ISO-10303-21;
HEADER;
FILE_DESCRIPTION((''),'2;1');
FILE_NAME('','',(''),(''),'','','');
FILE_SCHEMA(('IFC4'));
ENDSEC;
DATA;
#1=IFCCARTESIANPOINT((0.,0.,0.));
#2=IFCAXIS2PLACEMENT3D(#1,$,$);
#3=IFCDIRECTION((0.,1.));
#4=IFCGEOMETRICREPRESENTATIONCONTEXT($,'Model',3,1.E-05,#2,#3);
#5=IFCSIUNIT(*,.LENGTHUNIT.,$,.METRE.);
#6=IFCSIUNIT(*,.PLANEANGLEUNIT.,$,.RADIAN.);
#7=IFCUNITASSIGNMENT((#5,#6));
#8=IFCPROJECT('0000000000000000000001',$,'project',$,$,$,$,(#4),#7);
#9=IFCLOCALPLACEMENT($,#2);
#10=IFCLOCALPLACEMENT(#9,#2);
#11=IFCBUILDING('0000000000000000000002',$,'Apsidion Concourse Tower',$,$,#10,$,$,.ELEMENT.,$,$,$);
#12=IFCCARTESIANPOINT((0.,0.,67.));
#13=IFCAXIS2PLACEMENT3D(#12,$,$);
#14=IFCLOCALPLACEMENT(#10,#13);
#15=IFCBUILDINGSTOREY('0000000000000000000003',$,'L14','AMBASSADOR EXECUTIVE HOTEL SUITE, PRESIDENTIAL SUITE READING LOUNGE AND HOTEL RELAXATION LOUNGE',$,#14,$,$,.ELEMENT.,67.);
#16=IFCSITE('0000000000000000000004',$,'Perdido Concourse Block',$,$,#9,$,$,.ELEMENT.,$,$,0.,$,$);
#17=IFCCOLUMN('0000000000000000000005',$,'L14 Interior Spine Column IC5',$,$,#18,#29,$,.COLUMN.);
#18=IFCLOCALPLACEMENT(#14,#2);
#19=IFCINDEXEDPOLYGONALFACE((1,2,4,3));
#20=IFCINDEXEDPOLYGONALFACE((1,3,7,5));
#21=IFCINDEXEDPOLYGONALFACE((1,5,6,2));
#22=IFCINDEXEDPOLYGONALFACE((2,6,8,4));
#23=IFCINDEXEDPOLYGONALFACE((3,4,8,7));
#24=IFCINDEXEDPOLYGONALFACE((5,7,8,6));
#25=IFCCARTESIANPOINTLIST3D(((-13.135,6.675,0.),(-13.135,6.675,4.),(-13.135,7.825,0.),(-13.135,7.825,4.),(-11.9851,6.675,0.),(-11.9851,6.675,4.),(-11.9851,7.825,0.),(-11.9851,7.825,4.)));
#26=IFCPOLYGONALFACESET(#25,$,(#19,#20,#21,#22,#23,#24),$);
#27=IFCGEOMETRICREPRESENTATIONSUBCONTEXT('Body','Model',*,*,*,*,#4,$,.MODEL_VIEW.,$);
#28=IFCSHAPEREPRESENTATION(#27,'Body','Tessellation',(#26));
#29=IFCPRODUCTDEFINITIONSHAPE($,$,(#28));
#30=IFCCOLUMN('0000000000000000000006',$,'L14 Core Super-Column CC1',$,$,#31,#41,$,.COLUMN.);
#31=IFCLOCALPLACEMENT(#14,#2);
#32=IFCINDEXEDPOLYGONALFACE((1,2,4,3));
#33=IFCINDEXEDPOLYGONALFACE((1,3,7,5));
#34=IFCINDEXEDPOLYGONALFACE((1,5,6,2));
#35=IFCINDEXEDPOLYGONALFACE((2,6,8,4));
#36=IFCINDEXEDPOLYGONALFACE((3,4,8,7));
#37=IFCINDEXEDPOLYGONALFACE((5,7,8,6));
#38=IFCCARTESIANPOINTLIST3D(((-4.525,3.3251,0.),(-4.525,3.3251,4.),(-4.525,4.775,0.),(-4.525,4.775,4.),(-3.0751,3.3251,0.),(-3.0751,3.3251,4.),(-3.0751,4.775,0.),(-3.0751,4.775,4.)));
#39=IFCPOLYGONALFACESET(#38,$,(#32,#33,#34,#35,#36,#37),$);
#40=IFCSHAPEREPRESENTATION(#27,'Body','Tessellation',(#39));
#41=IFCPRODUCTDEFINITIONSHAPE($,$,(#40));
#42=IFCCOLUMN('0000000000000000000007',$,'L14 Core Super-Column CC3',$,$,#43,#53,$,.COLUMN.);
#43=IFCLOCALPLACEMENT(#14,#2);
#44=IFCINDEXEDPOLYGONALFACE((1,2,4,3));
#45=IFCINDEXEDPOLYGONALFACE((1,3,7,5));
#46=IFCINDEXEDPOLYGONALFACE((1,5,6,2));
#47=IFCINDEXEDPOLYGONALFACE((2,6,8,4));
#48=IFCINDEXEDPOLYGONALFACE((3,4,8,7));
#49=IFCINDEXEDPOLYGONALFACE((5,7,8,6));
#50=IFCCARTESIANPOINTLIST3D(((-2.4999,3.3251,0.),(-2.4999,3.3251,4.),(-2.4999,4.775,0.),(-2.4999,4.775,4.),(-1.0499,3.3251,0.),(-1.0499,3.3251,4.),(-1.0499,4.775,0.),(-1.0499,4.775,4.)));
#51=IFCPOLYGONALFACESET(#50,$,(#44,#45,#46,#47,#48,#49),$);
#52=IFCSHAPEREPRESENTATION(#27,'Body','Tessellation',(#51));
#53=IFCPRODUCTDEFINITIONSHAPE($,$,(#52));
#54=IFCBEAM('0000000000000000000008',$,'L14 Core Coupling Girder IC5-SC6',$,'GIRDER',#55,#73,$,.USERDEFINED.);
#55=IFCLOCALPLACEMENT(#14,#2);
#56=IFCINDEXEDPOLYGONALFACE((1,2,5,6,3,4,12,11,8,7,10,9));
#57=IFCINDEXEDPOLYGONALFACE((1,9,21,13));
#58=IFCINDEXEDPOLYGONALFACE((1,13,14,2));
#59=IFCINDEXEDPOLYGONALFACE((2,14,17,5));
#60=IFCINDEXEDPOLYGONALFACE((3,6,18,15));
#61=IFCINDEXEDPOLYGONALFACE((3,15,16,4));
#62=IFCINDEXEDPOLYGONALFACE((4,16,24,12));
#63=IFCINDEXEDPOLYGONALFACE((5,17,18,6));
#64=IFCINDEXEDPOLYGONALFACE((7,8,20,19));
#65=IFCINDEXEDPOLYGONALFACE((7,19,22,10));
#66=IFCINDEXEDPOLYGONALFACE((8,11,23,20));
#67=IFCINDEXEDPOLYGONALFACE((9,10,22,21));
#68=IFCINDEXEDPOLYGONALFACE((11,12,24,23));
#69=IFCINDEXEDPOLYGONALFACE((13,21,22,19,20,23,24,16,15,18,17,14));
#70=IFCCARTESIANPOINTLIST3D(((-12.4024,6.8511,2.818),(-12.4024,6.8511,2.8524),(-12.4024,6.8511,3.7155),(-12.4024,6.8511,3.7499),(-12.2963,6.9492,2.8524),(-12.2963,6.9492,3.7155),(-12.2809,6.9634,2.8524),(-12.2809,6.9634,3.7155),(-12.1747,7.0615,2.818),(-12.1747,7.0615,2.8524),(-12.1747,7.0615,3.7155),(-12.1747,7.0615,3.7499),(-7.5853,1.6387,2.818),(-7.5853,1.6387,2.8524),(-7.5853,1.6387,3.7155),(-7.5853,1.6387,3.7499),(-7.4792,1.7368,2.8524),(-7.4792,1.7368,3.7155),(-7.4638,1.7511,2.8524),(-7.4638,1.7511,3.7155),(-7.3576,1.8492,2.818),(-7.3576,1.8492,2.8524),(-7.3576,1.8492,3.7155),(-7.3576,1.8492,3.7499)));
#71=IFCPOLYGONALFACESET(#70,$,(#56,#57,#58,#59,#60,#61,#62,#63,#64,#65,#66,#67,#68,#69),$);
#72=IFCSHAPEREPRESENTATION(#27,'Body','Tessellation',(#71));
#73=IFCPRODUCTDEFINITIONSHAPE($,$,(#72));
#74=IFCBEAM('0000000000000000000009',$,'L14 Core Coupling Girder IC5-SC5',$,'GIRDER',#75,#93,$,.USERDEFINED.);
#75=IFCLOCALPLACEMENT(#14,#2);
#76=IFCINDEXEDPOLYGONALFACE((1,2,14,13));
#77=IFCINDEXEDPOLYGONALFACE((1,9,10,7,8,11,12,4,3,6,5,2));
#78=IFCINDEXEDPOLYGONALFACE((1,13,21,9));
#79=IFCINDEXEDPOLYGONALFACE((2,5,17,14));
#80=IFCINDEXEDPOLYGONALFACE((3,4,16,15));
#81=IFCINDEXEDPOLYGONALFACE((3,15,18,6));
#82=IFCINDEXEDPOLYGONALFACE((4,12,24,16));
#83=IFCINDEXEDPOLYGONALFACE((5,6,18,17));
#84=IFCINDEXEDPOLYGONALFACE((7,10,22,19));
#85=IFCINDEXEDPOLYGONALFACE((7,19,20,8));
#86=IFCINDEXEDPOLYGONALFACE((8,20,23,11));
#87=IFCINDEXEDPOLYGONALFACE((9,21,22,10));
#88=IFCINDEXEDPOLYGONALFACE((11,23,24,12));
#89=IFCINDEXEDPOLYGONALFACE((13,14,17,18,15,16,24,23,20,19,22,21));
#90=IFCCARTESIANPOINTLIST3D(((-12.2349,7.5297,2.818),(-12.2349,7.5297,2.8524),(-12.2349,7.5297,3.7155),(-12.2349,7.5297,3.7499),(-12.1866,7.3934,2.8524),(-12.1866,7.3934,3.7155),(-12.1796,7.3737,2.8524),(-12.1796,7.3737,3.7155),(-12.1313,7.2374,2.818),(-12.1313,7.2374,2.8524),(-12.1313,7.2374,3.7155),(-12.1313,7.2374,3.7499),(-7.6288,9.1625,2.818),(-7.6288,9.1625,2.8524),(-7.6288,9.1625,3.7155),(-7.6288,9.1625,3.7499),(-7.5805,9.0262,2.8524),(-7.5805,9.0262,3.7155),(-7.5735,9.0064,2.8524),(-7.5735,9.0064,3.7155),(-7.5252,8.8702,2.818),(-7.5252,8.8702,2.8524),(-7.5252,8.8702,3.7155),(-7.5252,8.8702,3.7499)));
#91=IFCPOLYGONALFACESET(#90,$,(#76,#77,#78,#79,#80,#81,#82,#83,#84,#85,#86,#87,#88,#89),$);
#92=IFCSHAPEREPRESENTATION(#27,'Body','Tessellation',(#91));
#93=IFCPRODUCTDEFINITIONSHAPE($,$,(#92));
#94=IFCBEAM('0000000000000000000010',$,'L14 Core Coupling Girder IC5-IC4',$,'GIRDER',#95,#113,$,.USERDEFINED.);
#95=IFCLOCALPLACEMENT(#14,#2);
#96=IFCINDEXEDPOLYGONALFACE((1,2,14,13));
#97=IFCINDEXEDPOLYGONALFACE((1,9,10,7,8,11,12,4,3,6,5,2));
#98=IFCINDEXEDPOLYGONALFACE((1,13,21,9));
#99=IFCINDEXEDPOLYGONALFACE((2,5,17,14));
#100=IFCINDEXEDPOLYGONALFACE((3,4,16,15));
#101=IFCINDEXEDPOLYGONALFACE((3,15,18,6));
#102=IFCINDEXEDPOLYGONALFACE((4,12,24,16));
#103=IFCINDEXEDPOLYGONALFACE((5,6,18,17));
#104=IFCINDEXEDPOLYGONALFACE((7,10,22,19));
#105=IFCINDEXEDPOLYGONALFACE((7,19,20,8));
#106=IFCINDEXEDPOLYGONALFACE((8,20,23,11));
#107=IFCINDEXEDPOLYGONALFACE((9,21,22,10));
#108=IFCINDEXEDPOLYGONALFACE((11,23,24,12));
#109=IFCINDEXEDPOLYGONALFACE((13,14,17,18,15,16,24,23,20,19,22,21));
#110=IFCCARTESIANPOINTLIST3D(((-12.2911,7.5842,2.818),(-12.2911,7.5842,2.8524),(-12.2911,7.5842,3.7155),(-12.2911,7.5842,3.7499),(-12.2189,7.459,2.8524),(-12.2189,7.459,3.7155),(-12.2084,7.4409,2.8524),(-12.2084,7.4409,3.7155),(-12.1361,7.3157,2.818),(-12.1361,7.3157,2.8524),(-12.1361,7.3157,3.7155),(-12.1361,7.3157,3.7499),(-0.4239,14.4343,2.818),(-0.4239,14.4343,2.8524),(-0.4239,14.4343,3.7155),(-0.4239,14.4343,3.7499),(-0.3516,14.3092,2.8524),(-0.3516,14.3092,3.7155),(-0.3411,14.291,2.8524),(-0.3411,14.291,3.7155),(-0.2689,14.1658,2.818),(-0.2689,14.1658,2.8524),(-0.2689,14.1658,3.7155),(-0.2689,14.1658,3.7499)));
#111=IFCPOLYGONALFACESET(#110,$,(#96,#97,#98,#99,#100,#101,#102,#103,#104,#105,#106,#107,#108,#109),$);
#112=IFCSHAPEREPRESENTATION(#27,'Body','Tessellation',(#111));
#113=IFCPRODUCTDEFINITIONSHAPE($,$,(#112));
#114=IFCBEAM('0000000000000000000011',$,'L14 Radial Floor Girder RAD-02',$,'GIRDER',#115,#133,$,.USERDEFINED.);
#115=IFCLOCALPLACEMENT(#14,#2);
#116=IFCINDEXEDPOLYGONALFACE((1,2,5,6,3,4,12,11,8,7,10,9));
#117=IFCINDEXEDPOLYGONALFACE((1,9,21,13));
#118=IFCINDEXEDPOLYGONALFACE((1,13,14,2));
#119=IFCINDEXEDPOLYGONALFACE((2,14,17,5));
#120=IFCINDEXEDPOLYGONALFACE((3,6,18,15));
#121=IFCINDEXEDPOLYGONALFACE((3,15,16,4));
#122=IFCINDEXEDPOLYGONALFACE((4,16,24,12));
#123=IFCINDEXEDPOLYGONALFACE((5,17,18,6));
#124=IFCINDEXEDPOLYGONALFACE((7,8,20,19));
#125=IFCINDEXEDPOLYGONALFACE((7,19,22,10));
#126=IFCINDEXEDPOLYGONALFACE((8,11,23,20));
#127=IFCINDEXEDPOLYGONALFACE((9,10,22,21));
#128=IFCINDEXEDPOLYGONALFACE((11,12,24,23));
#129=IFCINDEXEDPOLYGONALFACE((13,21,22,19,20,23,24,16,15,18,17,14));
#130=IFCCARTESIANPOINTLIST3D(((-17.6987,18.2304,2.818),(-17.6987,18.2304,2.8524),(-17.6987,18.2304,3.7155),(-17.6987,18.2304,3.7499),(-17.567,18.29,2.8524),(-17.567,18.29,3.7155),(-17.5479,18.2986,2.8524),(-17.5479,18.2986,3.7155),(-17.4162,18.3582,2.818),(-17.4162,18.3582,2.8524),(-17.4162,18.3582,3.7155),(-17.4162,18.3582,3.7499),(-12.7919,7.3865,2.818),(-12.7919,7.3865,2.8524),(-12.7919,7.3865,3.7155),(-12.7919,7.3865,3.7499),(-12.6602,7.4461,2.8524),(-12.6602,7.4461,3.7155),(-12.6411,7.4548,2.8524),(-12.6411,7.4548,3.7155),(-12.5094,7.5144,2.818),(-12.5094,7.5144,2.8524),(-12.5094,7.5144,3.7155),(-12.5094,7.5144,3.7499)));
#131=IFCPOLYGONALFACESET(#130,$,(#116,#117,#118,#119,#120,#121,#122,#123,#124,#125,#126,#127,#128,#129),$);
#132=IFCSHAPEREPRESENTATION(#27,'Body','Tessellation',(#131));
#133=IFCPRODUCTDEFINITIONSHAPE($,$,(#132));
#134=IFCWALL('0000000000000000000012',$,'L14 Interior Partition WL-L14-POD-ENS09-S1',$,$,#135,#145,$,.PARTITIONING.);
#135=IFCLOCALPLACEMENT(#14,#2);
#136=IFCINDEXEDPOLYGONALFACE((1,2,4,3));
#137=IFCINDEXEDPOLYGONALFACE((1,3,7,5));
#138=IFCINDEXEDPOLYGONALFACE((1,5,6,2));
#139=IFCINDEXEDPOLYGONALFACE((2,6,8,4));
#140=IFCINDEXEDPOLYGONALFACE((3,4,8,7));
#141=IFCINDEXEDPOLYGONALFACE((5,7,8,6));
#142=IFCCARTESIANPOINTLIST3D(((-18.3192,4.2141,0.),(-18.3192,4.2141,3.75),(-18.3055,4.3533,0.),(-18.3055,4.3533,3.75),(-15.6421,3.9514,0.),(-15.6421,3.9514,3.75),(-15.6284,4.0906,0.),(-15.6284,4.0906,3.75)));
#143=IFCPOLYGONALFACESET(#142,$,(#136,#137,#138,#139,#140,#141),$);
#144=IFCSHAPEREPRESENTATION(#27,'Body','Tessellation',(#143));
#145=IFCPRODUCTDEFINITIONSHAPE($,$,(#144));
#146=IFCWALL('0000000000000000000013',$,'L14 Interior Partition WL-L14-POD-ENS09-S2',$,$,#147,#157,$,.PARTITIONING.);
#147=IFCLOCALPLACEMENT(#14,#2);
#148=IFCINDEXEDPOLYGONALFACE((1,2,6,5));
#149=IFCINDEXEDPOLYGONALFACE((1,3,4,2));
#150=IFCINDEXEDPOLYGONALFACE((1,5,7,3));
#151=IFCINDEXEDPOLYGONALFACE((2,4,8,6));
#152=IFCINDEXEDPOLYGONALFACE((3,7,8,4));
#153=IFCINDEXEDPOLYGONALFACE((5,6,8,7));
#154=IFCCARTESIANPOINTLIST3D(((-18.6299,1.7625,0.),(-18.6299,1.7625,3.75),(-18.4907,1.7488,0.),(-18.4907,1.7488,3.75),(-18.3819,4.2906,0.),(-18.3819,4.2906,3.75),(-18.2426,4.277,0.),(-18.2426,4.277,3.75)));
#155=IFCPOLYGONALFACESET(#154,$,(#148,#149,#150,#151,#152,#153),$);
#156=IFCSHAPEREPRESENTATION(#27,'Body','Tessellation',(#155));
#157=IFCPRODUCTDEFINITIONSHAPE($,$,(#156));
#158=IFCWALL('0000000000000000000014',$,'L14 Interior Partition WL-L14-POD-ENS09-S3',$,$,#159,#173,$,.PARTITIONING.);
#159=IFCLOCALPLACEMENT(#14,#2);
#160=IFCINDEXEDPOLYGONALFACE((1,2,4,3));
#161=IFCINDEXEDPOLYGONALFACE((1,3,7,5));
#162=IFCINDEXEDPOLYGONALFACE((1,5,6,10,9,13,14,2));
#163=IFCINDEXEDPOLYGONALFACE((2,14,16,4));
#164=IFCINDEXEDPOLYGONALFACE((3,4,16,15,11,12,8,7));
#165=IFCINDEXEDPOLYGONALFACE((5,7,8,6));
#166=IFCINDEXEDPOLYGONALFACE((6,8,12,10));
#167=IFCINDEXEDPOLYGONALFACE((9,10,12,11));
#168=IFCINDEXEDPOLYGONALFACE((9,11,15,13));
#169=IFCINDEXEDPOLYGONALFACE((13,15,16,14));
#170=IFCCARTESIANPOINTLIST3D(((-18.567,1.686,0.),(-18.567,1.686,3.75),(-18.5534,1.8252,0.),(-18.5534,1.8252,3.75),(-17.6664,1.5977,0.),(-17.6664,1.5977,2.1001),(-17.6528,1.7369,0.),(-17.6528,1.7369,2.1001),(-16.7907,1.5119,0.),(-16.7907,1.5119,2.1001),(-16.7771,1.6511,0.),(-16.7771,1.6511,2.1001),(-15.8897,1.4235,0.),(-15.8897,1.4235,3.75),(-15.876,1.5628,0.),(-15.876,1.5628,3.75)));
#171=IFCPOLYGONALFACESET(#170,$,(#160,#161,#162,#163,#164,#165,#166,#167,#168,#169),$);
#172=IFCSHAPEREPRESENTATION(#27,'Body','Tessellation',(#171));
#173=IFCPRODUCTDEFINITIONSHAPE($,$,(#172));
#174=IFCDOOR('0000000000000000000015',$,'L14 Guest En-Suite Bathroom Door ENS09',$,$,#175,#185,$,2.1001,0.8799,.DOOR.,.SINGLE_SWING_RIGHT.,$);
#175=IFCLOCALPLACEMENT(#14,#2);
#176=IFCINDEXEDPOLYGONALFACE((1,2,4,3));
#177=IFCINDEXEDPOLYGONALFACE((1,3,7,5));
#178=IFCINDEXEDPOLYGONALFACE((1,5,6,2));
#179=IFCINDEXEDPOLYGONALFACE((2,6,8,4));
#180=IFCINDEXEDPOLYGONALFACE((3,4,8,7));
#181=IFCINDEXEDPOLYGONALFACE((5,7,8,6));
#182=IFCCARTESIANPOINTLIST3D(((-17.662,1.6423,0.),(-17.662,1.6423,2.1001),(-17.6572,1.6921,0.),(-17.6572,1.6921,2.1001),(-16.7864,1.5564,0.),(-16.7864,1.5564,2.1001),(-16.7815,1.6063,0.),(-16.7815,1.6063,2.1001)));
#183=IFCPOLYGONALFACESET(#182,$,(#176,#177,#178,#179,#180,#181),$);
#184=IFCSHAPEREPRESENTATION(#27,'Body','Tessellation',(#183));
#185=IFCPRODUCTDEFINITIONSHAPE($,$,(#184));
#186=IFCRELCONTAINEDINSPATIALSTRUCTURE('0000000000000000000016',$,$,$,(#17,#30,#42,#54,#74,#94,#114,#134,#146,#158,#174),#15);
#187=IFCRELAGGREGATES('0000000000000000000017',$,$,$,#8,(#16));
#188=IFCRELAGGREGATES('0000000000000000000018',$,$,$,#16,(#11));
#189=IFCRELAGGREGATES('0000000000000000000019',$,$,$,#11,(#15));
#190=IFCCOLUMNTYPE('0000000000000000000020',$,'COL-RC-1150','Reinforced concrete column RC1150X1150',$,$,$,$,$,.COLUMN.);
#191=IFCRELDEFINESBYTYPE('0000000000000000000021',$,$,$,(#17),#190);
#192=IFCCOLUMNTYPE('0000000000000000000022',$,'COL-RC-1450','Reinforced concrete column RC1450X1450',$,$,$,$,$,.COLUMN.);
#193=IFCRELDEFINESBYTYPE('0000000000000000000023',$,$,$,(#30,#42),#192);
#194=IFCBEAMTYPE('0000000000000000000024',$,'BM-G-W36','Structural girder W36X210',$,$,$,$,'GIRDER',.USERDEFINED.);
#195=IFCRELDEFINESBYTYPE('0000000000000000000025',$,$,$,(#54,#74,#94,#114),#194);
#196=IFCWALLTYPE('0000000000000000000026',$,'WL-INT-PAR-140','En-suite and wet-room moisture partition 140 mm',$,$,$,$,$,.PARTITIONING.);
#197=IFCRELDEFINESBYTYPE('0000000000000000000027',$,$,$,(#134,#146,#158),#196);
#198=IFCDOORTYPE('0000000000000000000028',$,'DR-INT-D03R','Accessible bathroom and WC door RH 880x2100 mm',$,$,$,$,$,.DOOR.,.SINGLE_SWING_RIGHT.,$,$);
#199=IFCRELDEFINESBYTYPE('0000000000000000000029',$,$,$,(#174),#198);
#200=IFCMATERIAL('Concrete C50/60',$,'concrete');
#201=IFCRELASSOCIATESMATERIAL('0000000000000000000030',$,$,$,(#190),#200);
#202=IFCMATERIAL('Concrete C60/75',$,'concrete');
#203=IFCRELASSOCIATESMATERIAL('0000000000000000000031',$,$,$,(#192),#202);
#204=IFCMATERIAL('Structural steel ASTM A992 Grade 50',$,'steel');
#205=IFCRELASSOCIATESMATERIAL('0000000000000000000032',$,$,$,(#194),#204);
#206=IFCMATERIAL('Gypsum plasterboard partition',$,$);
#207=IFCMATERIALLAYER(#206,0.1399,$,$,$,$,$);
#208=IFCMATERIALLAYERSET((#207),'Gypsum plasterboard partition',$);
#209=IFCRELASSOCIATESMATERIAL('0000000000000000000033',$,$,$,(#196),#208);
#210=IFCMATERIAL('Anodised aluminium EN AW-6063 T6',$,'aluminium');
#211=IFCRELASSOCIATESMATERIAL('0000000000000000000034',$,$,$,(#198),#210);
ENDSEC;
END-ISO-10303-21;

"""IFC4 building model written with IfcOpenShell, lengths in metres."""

from ifc_helpers import new_model, si_unit, direction, frame, frame_2d, origin, origin_2d, place, context, subcontext, project, spatial, rectangle, i_section, extrude, material, layer, layer_set, material_profile, profile_set, type_object, element, fill, save


model = new_model("IFC4")

# Units and contexts
model_context = context("Model", 3, precision=1e-05, world=origin(), true_north=direction((0.0, 1.0)))
body_context = subcontext(model_context, "Body", "Model", "MODEL_VIEW")
ifc_project = project(units=[si_unit("LENGTHUNIT", "METRE"), si_unit("PLANEANGLEUNIT", "RADIAN")], contexts=[model_context])

# Site, building, storey
site_placement = place(None, origin())
site = spatial("IfcSite", under=ifc_project, at=site_placement, Name="Perdido Concourse Block", CompositionType="ELEMENT", RefElevation=0.0)
building_placement = place(site_placement, origin())
building = spatial("IfcBuilding", under=site, at=building_placement, Name="Apsidion Concourse Tower", CompositionType="ELEMENT")
storey_placement = place(building_placement, frame((0.0, 0.0, 67.0)))
storey = spatial("IfcBuildingStorey", under=building, at=storey_placement, Name="L14", Description="AMBASSADOR EXECUTIVE HOTEL SUITE, PRESIDENTIAL SUITE READING LOUNGE AND HOTEL RELAXATION LOUNGE", CompositionType="ELEMENT", Elevation=67.0)

# Columns
ifc_material_1 = material(Name="Concrete C50/60", Category="concrete")
ifc_material_profile_1 = material_profile(ifc_material_1, rectangle(XDim=1.1499, YDim=1.1499, at=origin_2d()), Name="RC 1150x1150")
ifc_profile_set_1 = profile_set([ifc_material_profile_1], Name="Concrete C50/60")
column_type_1 = type_object("IfcColumnType", Name="COL-RC-1150", Description="Reinforced concrete column RC1150X1150", PredefinedType="COLUMN", material=ifc_profile_set_1)
column_placement = place(storey_placement, frame((-12.5601, 7.25, 0.0), z_axis=(0.0, 0.0, 1.0), x_axis=(1.0, 0.0, 0.0)))
element("IfcColumn", 1, at=column_placement, inside=storey, type_object=column_type_1, Name="L14 Interior Spine Column IC5", PredefinedType="COLUMN", context=body_context, shape_type="SweptSolid", body=[
    extrude(rectangle(XDim=1.1499, YDim=1.1499, at=origin_2d()), origin(), (0.0, 0.0, 1.0), 4.0),
])
ifc_material_2 = material(Name="Concrete C60/75", Category="concrete")
ifc_material_profile_2 = material_profile(ifc_material_2, rectangle(XDim=1.45, YDim=1.45, at=origin_2d()), Name="RC 1450x1450")
ifc_profile_set_2 = profile_set([ifc_material_profile_2], Name="Concrete C60/75")
column_type_2 = type_object("IfcColumnType", Name="COL-RC-1450", Description="Reinforced concrete column RC1450X1450", PredefinedType="COLUMN", material=ifc_profile_set_2)
for number, where, z_axis, x_axis, name in (
    (2, (-3.8, 4.05, 0.0), (0.0, 0.0, 1.0), (1.0, 0.0, 0.0), "L14 Core Super-Column CC1"),
    (3, (-1.7749, 4.05, 0.0), (0.0, 0.0, 1.0), (1.0, 0.0, 0.0), "L14 Core Super-Column CC3"),
):
    element("IfcColumn", number, at=place(storey_placement, frame(where, z_axis=z_axis, x_axis=x_axis)), inside=storey, type_object=column_type_2, Name=name, PredefinedType="COLUMN", context=body_context, shape_type="SweptSolid", body=[
        extrude(rectangle(XDim=1.45, YDim=1.45, at=origin_2d()), origin(), (0.0, 0.0, 1.0), 4.0),
    ])

# Beams
ifc_material_3 = material(Name="Structural steel ASTM A992 Grade 50", Category="steel")
ifc_material_profile_3 = material_profile(ifc_material_3, i_section(OverallWidth=0.3101, OverallDepth=0.9319, WebThickness=0.021, FlangeThickness=0.0344, at=origin_2d()), Name="W36X210")
ifc_profile_set_3 = profile_set([ifc_material_profile_3], Name="Structural steel ASTM A992 Grade 50")
beam_type = type_object("IfcBeamType", Name="BM-G-W36", Description="Structural girder W36X210", ElementType="GIRDER", PredefinedType="USERDEFINED", material=ifc_profile_set_3)
beam_1_placement = place(storey_placement, frame((-12.2886, 6.9563, 3.2839), z_axis=(0.678713, -0.734404, 0.0), x_axis=(0.734404, 0.678713, 0.0)))
element("IfcBeam", 4, at=beam_1_placement, inside=storey, type_object=beam_type, Name="L14 Core Coupling Girder IC5-SC6", ObjectType="GIRDER", PredefinedType="USERDEFINED", context=body_context, shape_type="SweptSolid", body=[
    extrude(i_section(OverallWidth=0.3101, OverallDepth=0.9319, WebThickness=0.021, FlangeThickness=0.0344, at=origin_2d()), origin(), (0.0, 0.0, 1.0), 7.0974),
])
beam_2_placement = place(storey_placement, frame((-12.1831, 7.3835, 3.2839), z_axis=(0.942534, 0.334111, 0.0), x_axis=(-0.334111, 0.942534, 0.0)))
element("IfcBeam", 5, at=beam_2_placement, inside=storey, type_object=beam_type, Name="L14 Core Coupling Girder IC5-SC5", ObjectType="GIRDER", PredefinedType="USERDEFINED", context=body_context, shape_type="SweptSolid", body=[
    extrude(i_section(OverallWidth=0.3101, OverallDepth=0.9319, WebThickness=0.021, FlangeThickness=0.0344, at=origin_2d()), origin(), (0.0, 0.0, 1.0), 4.887),
])
beam_3_placement = place(storey_placement, frame((-12.2136, 7.45, 3.2839), z_axis=(0.86607, 0.499922, 0.0), x_axis=(-0.499922, 0.86607, 0.0)))
element("IfcBeam", 6, at=beam_3_placement, inside=storey, type_object=beam_type, Name="L14 Core Coupling Girder IC5-IC4", ObjectType="GIRDER", PredefinedType="USERDEFINED", context=body_context, shape_type="SweptSolid", body=[
    extrude(i_section(OverallWidth=0.3101, OverallDepth=0.9319, WebThickness=0.021, FlangeThickness=0.0344, at=origin_2d()), origin(), (0.0, 0.0, 1.0), 13.7024),
])
beam_4_placement = place(storey_placement, frame((-12.6506, 7.4504, 3.2839), z_axis=(-0.412254, 0.911069, 0.0), x_axis=(-0.911069, -0.412254, 0.0)))
element("IfcBeam", 7, at=beam_4_placement, inside=storey, type_object=beam_type, Name="L14 Radial Floor Girder RAD-02", ObjectType="GIRDER", PredefinedType="USERDEFINED", context=body_context, shape_type="SweptSolid", body=[
    extrude(i_section(OverallWidth=0.3101, OverallDepth=0.9319, WebThickness=0.021, FlangeThickness=0.0344, at=origin_2d()), origin(), (0.0, 0.0, 1.0), 11.9023),
])

# Walls
ifc_material_4 = material(Name="Gypsum plasterboard partition")
ifc_layer_1 = layer(ifc_material_4, 0.1399)
ifc_layer_set_1 = layer_set([ifc_layer_1], Name="Gypsum plasterboard partition")
wall_type_1 = type_object("IfcWallType", Name="WL-INT-PAR-140", Description="En-suite and wet-room moisture partition 140 mm", PredefinedType="PARTITIONING", material=ifc_layer_set_1)
wall_1_placement = place(storey_placement, frame((-15.6353, 4.021, 0.0), z_axis=(0.0, 0.0, 1.0), x_axis=(-0.99522, 0.097661, 0.0)))
element("IfcWall", 8, at=wall_1_placement, inside=storey, type_object=wall_type_1, Name="L14 Interior Partition WL-L14-POD-ENS09-S1", PredefinedType="PARTITIONING", context=body_context, shape_type="SweptSolid", body=[
    extrude(rectangle(XDim=2.6899, YDim=0.1399, at=frame_2d((1.345, 0.0))), origin(), (0.0, 0.0, 1.0), 3.75),
])
wall_2_placement = place(storey_placement, frame((-18.3123, 4.2837, 0.0), z_axis=(0.0, 0.0, 1.0), x_axis=(-0.097648, -0.995221, 0.0)))
element("IfcWall", 9, at=wall_2_placement, inside=storey, type_object=wall_type_1, Name="L14 Interior Partition WL-L14-POD-ENS09-S2", PredefinedType="PARTITIONING", context=body_context, shape_type="SweptSolid", body=[
    extrude(rectangle(XDim=2.5403, YDim=0.1399, at=frame_2d((1.27, 0.0))), origin(), (0.0, 0.0, 1.0), 3.75),
])

# Wall, opening, door
wall_3_placement = place(storey_placement, frame((-18.5603, 1.7556, 0.0), z_axis=(0.0, 0.0, 1.0), x_axis=(0.995229, -0.097563, 0.0)))
wall_3 = element("IfcWall", 10, at=wall_3_placement, inside=storey, type_object=wall_type_1, Name="L14 Interior Partition WL-L14-POD-ENS09-S3", PredefinedType="PARTITIONING", context=body_context, shape_type="SweptSolid", body=[
    extrude(rectangle(XDim=2.6902, YDim=0.1399, at=frame_2d((1.3452, 0.0))), origin(), (0.0, 0.0, 1.0), 3.75),
])
opening_placement = place(wall_3_placement, frame((0.905, 0.0, 0.0)))
opening = element("IfcOpeningElement", 11, at=opening_placement, cuts=wall_3, PredefinedType="OPENING", context=body_context, shape_type="SweptSolid", body=[
    extrude(rectangle(XDim=0.8799, YDim=2.1001, at=frame_2d((0.4399, 1.05))), frame((0.0, 0.0801, 0.0), z_axis=(0.0, -1.0, 0.0), x_axis=(1.0, 0.0, 0.0)), (0.0, 0.0, 1.0), 0.1599),
])
ifc_material_5 = material(Name="Anodised aluminium EN AW-6063 T6", Category="aluminium")
door_type = type_object("IfcDoorType", Name="DR-INT-D03R", Description="Accessible bathroom and WC door RH 880x2100 mm", OperationType="SINGLE_SWING_RIGHT", PredefinedType="DOOR", material=ifc_material_5)
door_placement = place(opening_placement, origin())
door = element("IfcDoor", 12, at=door_placement, inside=storey, type_object=door_type, Name="L14 Guest En-Suite Bathroom Door ENS09", OperationType="SINGLE_SWING_RIGHT", OverallHeight=2.1001, OverallWidth=0.8799, PredefinedType="DOOR", context=body_context, shape_type="SweptSolid", body=[
    extrude(rectangle(XDim=0.8799, YDim=2.1001, at=frame_2d((0.4399, 1.05))), frame((0.0, 0.0249, 0.0), z_axis=(0.0, -1.0, 0.0), x_axis=(1.0, 0.0, 0.0)), (0.0, 0.0, 1.0), 0.05),
])
fill(opening, door)

save(model, "model.ifc")
